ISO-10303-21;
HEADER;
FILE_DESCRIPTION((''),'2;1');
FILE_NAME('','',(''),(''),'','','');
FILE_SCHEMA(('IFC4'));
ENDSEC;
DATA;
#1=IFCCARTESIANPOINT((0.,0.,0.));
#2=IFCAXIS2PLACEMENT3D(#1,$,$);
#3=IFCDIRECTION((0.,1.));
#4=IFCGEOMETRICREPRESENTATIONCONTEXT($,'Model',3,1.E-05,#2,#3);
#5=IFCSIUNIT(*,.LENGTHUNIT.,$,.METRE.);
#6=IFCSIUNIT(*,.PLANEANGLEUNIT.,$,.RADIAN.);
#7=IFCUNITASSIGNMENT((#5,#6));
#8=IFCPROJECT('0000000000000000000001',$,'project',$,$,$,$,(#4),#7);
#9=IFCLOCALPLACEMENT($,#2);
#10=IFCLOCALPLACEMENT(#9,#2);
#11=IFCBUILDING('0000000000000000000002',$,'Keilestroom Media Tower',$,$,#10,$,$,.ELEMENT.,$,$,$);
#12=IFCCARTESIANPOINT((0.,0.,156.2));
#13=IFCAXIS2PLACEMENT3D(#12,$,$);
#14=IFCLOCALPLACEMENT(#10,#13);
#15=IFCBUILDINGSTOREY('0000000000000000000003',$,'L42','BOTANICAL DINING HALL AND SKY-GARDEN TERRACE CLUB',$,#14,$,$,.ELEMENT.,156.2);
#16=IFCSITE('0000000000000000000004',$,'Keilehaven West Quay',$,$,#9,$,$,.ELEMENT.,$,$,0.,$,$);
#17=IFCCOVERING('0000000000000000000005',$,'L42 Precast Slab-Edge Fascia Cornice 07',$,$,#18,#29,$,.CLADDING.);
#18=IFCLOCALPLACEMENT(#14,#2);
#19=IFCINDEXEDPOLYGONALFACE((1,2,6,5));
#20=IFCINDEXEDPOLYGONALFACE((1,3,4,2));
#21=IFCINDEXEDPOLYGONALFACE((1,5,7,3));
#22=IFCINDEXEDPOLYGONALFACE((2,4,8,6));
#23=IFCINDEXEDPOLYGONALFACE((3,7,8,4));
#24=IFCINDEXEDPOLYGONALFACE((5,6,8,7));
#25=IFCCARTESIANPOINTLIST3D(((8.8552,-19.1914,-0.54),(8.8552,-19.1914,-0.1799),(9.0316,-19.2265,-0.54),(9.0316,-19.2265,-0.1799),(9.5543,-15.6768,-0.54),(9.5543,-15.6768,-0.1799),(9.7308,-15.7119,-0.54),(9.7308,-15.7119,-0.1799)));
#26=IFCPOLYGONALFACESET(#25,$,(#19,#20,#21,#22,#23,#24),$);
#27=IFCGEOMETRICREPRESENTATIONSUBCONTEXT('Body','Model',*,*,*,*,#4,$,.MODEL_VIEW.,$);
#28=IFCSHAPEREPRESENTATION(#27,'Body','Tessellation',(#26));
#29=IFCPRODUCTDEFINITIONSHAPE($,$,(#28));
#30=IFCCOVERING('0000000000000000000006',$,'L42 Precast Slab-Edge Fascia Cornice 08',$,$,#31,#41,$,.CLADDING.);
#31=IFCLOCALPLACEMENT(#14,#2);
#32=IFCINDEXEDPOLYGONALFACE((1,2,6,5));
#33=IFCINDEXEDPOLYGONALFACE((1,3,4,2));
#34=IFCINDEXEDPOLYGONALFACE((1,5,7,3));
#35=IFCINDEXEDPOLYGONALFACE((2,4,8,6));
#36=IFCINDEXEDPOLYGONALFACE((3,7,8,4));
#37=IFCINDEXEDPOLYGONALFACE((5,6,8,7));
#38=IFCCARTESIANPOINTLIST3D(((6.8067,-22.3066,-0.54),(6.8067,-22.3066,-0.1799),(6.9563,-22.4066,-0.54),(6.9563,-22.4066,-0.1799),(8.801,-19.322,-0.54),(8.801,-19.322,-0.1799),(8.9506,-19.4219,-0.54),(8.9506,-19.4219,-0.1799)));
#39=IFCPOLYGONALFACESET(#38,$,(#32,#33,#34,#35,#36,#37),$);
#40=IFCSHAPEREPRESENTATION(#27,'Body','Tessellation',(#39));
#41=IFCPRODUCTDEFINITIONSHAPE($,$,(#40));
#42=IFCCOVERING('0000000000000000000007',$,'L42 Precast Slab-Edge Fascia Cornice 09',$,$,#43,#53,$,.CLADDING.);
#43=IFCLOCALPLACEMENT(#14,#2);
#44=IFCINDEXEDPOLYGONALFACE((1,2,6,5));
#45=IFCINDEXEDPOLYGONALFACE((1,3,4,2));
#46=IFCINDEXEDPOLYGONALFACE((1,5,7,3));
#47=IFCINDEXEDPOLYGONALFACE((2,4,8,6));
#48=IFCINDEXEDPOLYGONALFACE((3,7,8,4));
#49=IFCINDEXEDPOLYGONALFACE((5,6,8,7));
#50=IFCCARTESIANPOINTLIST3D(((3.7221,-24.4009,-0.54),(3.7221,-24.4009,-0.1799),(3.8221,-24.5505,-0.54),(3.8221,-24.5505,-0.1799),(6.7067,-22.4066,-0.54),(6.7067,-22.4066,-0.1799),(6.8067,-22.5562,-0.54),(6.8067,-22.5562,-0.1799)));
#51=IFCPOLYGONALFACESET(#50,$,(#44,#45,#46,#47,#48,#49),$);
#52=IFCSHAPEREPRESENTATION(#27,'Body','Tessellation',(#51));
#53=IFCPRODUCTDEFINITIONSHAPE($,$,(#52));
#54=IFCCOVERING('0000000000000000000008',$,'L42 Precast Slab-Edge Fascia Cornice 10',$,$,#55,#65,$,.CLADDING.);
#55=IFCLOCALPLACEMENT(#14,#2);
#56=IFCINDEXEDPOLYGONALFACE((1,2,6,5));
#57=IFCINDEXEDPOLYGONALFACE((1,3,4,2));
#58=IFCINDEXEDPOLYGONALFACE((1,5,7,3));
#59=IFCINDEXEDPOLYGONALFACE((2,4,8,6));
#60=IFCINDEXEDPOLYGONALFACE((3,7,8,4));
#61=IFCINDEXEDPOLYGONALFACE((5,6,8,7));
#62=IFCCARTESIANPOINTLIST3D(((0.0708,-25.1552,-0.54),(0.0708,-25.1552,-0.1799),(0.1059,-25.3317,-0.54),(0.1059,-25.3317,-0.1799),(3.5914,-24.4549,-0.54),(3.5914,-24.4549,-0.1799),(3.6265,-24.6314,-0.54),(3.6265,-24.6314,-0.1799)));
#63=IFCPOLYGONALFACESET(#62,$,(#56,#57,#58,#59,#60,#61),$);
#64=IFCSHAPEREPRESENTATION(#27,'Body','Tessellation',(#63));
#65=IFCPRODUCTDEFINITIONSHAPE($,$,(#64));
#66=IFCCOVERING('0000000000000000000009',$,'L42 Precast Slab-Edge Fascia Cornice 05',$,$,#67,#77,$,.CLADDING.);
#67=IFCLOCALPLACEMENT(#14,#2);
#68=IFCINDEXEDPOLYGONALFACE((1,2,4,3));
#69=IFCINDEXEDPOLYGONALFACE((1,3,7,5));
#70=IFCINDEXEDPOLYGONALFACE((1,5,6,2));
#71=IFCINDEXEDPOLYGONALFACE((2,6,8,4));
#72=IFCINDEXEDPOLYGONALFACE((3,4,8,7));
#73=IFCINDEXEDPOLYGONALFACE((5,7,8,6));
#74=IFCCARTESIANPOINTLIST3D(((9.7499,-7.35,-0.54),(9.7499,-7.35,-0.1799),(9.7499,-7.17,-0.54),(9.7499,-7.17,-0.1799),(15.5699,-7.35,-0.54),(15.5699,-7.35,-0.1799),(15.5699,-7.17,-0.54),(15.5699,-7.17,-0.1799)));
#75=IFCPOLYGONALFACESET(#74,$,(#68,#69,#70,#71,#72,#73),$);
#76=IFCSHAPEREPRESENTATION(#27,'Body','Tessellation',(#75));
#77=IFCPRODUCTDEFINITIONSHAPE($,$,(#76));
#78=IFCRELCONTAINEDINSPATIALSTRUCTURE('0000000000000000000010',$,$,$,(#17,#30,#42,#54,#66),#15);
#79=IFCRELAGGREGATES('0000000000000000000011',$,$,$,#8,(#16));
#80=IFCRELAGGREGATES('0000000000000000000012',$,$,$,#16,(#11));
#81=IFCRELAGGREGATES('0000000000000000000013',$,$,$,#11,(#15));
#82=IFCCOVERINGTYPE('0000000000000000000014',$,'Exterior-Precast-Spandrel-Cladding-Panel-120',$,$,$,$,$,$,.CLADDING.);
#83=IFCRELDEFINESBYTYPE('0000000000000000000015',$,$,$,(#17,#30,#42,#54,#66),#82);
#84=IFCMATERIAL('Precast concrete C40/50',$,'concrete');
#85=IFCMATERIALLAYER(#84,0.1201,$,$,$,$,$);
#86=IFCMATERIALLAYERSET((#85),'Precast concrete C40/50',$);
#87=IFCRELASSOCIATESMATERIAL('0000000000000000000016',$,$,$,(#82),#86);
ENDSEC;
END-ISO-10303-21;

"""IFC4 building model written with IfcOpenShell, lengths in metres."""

from ifc_helpers import new_model, si_unit, direction, frame, origin, origin_2d, place, context, subcontext, project, spatial, rectangle, extrude, source, transform, mapped, material, layer, layer_set, type_object, element, save


model = new_model("IFC4")

# Units and contexts
model_context = context("Model", 3, precision=1e-05, world=origin(), true_north=direction((0.0, 1.0)))
body_context = subcontext(model_context, "Body", "Model", "MODEL_VIEW")
ifc_project = project(units=[si_unit("LENGTHUNIT", "METRE"), si_unit("PLANEANGLEUNIT", "RADIAN")], contexts=[model_context])

# Site, building, storey
site_placement = place(None, origin())
site = spatial("IfcSite", under=ifc_project, at=site_placement, Name="Keilehaven West Quay", CompositionType="ELEMENT", RefElevation=0.0)
building_placement = place(site_placement, origin())
building = spatial("IfcBuilding", under=site, at=building_placement, Name="Keilestroom Media Tower", CompositionType="ELEMENT")
storey_placement = place(building_placement, frame((0.0, 0.0, 156.2)))
storey = spatial("IfcBuildingStorey", under=building, at=storey_placement, Name="L42", Description="BOTANICAL DINING HALL AND SKY-GARDEN TERRACE CLUB", CompositionType="ELEMENT", Elevation=156.2)

# Shared definitions
ifc_material_1 = material(Name="Precast concrete C40/50", Category="concrete")

# Coverings
ifc_layer_1 = layer(ifc_material_1, 0.1201)
ifc_layer_set_1 = layer_set([ifc_layer_1], Name="Precast concrete C40/50")
covering_type = type_object("IfcCoveringType", Name="Exterior-Precast-Spandrel-Cladding-Panel-120", PredefinedType="CLADDING", material=ifc_layer_set_1)
shared_shape_1 = source(origin(), body_context, "Body", "SweptSolid", [
    extrude(rectangle(XDim=3.5835, YDim=0.1799, at=origin_2d()), origin(), (0.0, 0.0, 1.0), 0.3601),
])
covering_1_placement = place(storey_placement, frame((9.293, -17.4517, -0.54), z_axis=(0.0, 0.0, 1.0), x_axis=(-0.195099, -0.980784, 0.0)))
element("IfcCovering", 1, at=covering_1_placement, inside=storey, type_object=covering_type, Name="L42 Precast Slab-Edge Fascia Cornice 07", PredefinedType="CLADDING", context=body_context, shape_type="MappedRepresentation", body=[
    mapped(shared_shape_1, transform((0.0, 0.0, 0.0), x_axis=(1.0, 0.0, 0.0), y_axis=(0.0, 1.0, 0.0), z_axis=(0.0, 0.0, 1.0), scale=1.0)),
])
shared_shape_2 = source(origin(), body_context, "Body", "SweptSolid", [
    extrude(rectangle(XDim=3.5896, YDim=0.1799, at=origin_2d()), origin(), (0.0, 0.0, 1.0), 0.3601),
])
for number, where, z_axis, x_axis, name in (
    (2, (7.8787, -20.8643, -0.54), (0.0, 0.0, 1.0), (-0.555575, -0.831467, 0.0), "L42 Precast Slab-Edge Fascia Cornice 08"),
    (3, (5.2644, -23.4785, -0.54), (0.0, 0.0, 1.0), (-0.831467, -0.555575, 0.0), "L42 Precast Slab-Edge Fascia Cornice 09"),
    (4, (1.8486, -24.8933, -0.54), (0.0, 0.0, 1.0), (-0.980784, -0.195099, 0.0), "L42 Precast Slab-Edge Fascia Cornice 10"),
):
    element("IfcCovering", number, at=place(storey_placement, frame(where, z_axis=z_axis, x_axis=x_axis)), inside=storey, type_object=covering_type, Name=name, PredefinedType="CLADDING", context=body_context, shape_type="MappedRepresentation", body=[
        mapped(shared_shape_2, transform((0.0, 0.0, 0.0), x_axis=(1.0, 0.0, 0.0), y_axis=(0.0, 1.0, 0.0), z_axis=(0.0, 0.0, 1.0), scale=1.0)),
    ])
shared_shape_3 = source(origin(), body_context, "Body", "SweptSolid", [
    extrude(rectangle(XDim=5.8201, YDim=0.1799, at=origin_2d()), origin(), (0.0, 0.0, 1.0), 0.3601),
])
covering_2_placement = place(storey_placement, frame((12.6599, -7.26, -0.54), z_axis=(0.0, 0.0, 1.0), x_axis=(-1.0, 0.0, 0.0)))
element("IfcCovering", 5, at=covering_2_placement, inside=storey, type_object=covering_type, Name="L42 Precast Slab-Edge Fascia Cornice 05", PredefinedType="CLADDING", context=body_context, shape_type="MappedRepresentation", body=[
    mapped(shared_shape_3, transform((0.0, 0.0, 0.0), x_axis=(1.0, 0.0, 0.0), y_axis=(0.0, 1.0, 0.0), z_axis=(0.0, 0.0, 1.0), scale=1.0)),
])

save(model, "model.ifc")
